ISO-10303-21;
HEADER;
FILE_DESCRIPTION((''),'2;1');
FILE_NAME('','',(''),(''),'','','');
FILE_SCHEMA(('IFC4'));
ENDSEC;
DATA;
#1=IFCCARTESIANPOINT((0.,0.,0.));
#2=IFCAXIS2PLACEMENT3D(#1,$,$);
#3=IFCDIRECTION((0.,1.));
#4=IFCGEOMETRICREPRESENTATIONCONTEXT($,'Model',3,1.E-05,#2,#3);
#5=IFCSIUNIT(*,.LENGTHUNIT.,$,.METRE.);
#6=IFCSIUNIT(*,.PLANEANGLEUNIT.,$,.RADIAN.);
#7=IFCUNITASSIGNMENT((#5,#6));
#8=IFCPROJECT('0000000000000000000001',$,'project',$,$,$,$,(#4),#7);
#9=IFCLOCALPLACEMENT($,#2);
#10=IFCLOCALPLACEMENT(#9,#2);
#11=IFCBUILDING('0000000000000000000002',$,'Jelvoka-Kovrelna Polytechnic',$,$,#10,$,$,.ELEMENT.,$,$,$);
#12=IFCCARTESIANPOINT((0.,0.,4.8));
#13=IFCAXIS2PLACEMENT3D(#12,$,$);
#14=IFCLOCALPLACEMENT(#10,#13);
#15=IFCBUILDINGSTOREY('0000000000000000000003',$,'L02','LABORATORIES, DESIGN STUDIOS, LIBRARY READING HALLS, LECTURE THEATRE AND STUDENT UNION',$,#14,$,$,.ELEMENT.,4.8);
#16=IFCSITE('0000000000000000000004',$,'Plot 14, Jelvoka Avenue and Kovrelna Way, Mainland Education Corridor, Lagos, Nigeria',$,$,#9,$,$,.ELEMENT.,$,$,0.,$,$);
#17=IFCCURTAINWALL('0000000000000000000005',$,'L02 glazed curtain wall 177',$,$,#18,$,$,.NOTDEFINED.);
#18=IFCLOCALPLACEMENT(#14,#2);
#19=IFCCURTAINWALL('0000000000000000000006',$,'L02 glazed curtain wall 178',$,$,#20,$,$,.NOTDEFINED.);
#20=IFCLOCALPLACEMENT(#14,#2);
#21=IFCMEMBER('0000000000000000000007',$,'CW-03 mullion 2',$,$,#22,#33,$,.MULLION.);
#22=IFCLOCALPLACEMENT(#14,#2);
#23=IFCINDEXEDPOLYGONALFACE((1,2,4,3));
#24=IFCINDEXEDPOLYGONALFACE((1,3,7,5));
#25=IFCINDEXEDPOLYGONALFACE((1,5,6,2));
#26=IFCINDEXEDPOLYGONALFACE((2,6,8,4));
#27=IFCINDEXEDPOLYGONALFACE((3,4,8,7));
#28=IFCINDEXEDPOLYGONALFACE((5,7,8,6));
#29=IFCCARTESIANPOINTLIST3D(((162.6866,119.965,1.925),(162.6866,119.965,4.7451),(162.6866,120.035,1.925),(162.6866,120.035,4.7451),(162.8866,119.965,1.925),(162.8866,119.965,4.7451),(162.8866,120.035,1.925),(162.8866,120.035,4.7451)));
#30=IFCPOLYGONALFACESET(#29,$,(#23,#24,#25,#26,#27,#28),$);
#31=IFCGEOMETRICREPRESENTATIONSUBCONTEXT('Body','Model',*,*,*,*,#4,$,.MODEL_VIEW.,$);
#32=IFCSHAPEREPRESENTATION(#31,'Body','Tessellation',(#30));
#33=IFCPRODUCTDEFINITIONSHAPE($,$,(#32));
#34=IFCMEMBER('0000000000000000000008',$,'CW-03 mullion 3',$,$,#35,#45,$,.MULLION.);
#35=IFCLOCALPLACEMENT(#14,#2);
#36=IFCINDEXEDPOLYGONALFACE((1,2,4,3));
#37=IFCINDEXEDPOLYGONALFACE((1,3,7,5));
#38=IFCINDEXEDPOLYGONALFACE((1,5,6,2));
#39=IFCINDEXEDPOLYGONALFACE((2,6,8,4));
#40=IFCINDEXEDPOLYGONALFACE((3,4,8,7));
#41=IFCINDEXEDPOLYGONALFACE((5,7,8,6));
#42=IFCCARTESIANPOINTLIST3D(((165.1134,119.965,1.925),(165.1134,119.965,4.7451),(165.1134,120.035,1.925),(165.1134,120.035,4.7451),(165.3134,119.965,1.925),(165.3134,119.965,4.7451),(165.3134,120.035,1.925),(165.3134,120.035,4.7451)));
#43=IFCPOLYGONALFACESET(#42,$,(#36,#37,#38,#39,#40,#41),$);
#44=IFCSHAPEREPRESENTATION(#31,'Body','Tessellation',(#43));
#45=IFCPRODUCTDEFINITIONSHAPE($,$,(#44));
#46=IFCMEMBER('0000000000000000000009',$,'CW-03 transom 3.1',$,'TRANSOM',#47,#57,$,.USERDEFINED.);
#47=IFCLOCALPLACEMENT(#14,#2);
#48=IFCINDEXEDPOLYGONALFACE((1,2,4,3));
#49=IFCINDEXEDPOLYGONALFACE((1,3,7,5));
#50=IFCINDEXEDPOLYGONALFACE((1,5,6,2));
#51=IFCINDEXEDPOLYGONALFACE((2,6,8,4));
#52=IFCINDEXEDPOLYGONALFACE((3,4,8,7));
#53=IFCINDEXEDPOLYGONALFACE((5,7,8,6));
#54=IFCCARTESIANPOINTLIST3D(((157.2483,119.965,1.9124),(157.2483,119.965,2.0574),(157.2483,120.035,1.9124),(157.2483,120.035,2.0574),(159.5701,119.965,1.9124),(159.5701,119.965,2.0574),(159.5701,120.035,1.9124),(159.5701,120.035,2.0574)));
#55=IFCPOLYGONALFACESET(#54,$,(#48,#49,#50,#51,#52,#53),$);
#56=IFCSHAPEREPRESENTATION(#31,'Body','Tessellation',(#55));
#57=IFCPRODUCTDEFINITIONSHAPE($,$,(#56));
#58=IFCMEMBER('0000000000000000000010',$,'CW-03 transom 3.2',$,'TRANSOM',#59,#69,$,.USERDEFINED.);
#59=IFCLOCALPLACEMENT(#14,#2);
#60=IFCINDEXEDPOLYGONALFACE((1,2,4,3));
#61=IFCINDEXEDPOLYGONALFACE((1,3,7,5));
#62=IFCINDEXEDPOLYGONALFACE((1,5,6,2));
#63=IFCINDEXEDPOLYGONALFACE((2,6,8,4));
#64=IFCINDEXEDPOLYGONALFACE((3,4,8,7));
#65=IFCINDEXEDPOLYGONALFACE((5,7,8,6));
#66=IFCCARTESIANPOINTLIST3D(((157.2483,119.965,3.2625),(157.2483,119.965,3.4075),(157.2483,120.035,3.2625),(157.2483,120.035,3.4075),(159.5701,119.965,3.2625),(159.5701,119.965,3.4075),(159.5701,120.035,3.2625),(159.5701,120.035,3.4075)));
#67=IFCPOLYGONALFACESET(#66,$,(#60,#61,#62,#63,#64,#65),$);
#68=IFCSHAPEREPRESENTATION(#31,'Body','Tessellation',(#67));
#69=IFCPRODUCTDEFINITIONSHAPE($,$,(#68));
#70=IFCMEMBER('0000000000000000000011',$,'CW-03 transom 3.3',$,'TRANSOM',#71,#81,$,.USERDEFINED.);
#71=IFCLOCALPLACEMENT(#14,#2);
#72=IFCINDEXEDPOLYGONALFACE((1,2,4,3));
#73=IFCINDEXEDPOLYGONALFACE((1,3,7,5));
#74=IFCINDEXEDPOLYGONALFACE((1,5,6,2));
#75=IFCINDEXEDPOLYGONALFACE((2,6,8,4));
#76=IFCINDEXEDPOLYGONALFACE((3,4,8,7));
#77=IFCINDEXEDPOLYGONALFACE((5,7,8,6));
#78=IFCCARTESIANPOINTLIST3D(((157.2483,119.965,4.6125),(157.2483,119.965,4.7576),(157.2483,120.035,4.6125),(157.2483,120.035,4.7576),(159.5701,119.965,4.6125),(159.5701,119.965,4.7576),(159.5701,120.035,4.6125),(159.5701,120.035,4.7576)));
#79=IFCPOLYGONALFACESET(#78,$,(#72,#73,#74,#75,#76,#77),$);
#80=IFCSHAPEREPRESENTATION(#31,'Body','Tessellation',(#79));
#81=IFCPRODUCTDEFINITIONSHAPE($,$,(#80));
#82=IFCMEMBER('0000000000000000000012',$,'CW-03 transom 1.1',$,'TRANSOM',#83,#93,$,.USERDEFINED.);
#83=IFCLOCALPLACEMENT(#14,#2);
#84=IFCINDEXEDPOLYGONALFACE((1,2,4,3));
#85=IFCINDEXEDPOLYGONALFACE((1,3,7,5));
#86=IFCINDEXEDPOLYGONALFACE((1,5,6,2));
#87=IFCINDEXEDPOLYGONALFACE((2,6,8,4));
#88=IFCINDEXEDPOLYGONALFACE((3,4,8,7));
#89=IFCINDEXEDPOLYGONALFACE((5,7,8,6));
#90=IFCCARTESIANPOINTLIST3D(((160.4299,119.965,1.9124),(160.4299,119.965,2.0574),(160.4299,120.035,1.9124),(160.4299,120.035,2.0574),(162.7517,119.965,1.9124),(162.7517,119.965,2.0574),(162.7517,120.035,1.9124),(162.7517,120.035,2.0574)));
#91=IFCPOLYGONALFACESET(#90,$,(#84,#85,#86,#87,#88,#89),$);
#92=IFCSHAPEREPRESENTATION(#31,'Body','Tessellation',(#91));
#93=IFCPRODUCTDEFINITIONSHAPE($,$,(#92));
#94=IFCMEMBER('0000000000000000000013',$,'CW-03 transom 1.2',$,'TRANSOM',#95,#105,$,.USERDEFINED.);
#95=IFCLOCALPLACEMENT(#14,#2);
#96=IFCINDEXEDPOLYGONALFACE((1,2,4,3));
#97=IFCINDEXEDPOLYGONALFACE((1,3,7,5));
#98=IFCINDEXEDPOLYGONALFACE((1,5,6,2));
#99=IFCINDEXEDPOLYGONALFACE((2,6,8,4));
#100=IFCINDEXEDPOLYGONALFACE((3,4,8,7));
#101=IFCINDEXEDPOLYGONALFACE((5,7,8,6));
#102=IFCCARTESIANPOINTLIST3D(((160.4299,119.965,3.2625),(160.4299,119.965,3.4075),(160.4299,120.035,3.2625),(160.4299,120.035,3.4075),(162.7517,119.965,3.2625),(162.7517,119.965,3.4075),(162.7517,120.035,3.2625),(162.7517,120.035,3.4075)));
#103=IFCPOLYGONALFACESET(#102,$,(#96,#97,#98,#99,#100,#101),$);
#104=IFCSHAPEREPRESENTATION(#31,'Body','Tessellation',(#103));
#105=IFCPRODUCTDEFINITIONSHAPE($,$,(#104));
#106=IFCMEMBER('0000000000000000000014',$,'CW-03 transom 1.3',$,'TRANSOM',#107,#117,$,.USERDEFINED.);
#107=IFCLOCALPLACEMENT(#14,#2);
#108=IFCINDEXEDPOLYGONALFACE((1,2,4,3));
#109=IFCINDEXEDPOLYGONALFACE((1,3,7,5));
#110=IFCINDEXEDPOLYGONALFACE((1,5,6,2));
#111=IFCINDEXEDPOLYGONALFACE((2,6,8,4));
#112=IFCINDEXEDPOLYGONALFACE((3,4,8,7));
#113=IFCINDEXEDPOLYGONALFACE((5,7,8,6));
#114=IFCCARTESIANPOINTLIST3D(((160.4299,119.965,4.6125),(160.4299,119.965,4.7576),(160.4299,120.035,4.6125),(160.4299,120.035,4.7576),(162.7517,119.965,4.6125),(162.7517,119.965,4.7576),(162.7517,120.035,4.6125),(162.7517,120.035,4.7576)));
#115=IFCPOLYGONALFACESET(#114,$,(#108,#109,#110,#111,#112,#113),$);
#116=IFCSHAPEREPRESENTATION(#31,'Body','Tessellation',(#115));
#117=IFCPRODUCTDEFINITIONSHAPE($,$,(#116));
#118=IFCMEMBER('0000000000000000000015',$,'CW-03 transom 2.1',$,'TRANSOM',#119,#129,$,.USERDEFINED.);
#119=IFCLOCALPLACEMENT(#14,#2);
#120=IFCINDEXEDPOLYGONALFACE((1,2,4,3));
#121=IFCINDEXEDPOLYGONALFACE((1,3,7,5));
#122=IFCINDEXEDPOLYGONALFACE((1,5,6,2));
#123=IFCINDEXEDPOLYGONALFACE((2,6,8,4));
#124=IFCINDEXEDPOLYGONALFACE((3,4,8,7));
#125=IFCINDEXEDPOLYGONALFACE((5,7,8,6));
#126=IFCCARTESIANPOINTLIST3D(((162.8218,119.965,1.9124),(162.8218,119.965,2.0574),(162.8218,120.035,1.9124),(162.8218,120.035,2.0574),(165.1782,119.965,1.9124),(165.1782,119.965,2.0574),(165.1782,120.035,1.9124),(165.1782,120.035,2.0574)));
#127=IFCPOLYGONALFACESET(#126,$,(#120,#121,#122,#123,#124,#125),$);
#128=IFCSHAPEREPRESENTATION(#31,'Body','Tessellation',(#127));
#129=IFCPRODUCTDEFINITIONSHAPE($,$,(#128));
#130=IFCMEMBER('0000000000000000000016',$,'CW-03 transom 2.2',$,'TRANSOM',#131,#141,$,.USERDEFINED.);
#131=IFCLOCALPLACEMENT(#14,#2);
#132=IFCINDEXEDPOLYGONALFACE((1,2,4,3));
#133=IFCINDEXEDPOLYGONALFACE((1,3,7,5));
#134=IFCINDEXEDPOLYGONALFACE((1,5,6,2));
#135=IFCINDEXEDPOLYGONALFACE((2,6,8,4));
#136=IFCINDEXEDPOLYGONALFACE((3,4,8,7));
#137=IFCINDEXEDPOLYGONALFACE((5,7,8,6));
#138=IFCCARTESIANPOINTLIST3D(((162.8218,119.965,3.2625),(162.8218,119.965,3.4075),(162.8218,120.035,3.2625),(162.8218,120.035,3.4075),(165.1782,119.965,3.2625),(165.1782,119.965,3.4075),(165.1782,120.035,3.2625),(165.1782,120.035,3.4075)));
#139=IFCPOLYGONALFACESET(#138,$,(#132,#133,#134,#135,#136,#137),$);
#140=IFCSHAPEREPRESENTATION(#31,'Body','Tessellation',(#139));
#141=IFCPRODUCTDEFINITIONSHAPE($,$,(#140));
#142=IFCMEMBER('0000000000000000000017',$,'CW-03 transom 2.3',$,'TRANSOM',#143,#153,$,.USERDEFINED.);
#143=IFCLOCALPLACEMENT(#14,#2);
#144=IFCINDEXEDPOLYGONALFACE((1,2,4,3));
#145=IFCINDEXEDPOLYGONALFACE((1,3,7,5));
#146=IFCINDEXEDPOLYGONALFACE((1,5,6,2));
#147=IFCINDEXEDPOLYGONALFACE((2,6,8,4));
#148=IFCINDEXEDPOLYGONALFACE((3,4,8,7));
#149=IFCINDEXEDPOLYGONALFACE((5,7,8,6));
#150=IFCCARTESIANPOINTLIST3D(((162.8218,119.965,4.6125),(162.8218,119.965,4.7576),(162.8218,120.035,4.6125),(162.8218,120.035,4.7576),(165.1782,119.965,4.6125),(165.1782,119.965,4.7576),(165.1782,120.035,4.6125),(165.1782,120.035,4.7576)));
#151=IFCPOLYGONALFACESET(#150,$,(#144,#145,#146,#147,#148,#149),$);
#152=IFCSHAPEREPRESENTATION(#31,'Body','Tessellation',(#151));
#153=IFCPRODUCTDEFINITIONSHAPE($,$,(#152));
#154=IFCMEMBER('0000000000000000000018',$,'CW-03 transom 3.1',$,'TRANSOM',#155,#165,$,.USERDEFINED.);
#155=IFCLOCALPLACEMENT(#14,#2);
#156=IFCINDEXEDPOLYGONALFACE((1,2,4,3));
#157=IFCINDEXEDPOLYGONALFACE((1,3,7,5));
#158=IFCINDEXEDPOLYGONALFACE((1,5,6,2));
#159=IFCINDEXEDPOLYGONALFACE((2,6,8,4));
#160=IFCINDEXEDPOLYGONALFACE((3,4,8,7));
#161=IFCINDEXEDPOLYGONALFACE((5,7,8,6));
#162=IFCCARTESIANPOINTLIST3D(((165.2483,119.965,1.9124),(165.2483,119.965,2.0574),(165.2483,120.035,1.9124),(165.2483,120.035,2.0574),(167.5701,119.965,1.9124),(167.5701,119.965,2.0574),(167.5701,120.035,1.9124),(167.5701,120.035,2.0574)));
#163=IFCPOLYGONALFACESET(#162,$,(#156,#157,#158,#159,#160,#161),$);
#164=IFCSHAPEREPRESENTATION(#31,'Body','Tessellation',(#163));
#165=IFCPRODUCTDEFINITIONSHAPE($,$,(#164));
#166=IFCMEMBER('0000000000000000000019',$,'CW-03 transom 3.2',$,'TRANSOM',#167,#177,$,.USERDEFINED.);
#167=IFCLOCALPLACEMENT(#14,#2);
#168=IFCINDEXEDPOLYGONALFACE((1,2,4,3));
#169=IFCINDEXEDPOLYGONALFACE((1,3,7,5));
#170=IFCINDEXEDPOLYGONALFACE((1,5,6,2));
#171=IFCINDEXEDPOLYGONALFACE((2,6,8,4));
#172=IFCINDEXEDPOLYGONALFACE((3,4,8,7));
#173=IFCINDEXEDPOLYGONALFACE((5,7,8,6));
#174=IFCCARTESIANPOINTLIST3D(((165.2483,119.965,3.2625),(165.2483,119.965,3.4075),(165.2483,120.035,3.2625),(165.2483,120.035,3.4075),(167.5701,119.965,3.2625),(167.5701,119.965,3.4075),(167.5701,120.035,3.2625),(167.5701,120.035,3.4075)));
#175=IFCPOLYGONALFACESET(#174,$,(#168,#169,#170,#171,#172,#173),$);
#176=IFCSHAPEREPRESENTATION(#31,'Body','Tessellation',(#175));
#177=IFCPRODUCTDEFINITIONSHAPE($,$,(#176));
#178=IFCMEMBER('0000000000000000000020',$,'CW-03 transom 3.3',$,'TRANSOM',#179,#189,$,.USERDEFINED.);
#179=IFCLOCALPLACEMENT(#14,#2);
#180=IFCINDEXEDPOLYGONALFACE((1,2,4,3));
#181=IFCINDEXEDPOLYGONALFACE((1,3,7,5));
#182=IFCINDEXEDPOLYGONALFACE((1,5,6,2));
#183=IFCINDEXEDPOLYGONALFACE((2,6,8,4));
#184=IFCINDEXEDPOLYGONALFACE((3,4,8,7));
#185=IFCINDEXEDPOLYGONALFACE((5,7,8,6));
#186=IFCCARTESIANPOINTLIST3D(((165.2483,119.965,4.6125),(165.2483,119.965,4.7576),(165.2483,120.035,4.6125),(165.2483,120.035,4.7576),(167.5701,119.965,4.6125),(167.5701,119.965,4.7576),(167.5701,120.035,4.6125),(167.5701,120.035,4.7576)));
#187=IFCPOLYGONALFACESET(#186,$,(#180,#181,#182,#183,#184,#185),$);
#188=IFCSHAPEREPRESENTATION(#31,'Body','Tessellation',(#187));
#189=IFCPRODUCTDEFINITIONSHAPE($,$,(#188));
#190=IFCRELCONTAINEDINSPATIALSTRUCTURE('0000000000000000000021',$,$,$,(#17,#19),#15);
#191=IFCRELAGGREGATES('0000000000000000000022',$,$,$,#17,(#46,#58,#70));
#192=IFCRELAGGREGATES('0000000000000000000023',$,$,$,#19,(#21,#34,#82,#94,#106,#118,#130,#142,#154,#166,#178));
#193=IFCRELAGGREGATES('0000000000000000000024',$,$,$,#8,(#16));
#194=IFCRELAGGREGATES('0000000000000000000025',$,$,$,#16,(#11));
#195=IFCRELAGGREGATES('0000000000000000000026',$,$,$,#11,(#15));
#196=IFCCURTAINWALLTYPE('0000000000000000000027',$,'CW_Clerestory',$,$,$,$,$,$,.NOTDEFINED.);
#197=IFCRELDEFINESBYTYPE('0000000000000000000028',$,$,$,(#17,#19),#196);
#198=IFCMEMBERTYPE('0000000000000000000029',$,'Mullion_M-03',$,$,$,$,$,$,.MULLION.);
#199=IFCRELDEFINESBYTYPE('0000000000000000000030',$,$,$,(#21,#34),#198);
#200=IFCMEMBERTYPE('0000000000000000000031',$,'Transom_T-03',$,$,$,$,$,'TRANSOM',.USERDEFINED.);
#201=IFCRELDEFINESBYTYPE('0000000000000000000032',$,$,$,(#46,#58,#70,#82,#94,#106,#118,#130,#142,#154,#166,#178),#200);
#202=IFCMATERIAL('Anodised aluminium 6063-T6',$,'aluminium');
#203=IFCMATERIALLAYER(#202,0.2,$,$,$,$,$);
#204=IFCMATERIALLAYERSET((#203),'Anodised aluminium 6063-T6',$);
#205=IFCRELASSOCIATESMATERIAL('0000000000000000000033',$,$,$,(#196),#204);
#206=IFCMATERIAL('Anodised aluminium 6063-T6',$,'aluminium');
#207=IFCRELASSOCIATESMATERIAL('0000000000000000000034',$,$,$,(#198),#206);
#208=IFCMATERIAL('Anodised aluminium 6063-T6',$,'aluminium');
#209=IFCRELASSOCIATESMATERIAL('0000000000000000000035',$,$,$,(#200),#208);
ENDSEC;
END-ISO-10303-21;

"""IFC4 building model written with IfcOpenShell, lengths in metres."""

from ifc_helpers import new_model, si_unit, direction, frame, origin, origin_2d, place, context, subcontext, project, spatial, rectangle, extrude, material, layer, layer_set, material_profile, profile_set, type_object, element, aggregate, save


model = new_model("IFC4")

# Units and contexts
model_context = context("Model", 3, precision=1e-05, world=origin(), true_north=direction((0.0, 1.0)))
body_context = subcontext(model_context, "Body", "Model", "MODEL_VIEW")
ifc_project = project(units=[si_unit("LENGTHUNIT", "METRE"), si_unit("PLANEANGLEUNIT", "RADIAN")], contexts=[model_context])

# Site, building, storey
site_placement = place(None, origin())
site = spatial("IfcSite", under=ifc_project, at=site_placement, Name="Plot 14, Jelvoka Avenue and Kovrelna Way, Mainland Education Corridor, Lagos, Nigeria", CompositionType="ELEMENT", RefElevation=0.0)
building_placement = place(site_placement, origin())
building = spatial("IfcBuilding", under=site, at=building_placement, Name="Jelvoka-Kovrelna Polytechnic", CompositionType="ELEMENT")
storey_placement = place(building_placement, frame((0.0, 0.0, 4.8)))
storey = spatial("IfcBuildingStorey", under=building, at=storey_placement, Name="L02", Description="LABORATORIES, DESIGN STUDIOS, LIBRARY READING HALLS, LECTURE THEATRE AND STUDENT UNION", CompositionType="ELEMENT", Elevation=4.8)

# Curtain walls, members
ifc_material_1 = material(Name="Anodised aluminium 6063-T6", Category="aluminium")
ifc_layer_1 = layer(ifc_material_1, 0.2)
ifc_layer_set_1 = layer_set([ifc_layer_1], Name="Anodised aluminium 6063-T6")
curtain_wall_type = type_object("IfcCurtainWallType", Name="CW_Clerestory", PredefinedType="NOTDEFINED", material=ifc_layer_set_1)
curtain_wall_1_placement = place(storey_placement, origin())
curtain_wall_1 = element("IfcCurtainWall", 1, at=curtain_wall_1_placement, inside=storey, type_object=curtain_wall_type, Name="L02 glazed curtain wall 177", PredefinedType="NOTDEFINED")
ifc_material_2 = material(Name="Anodised aluminium 6063-T6", Category="aluminium")
ifc_material_profile_1 = material_profile(ifc_material_2, rectangle(XDim=0.0701, YDim=0.2, at=origin_2d()), Name="ALU 70x200")
ifc_profile_set_1 = profile_set([ifc_material_profile_1], Name="Anodised aluminium 6063-T6")
member_type_1 = type_object("IfcMemberType", Name="Mullion_M-03", PredefinedType="MULLION", material=ifc_profile_set_1)
curtain_wall_2_placement = place(storey_placement, origin())
curtain_wall_2 = element("IfcCurtainWall", 2, at=curtain_wall_2_placement, inside=storey, type_object=curtain_wall_type, Name="L02 glazed curtain wall 178", PredefinedType="NOTDEFINED")
member_1_placement = place(storey_placement, frame((162.7866, 120.0, 1.925), z_axis=(0.0, 0.0, 1.0), x_axis=(0.0, 1.0, 0.0)))
member_1 = element("IfcMember", 3, at=member_1_placement, type_object=member_type_1, Name="CW-03 mullion 2", PredefinedType="MULLION", context=body_context, shape_type="SweptSolid", body=[
    extrude(rectangle(XDim=0.0701, YDim=0.2, at=origin_2d()), origin(), (0.0, 0.0, 1.0), 2.8201),
])
member_2_placement = place(storey_placement, frame((165.2134, 120.0, 1.925), z_axis=(0.0, 0.0, 1.0), x_axis=(0.0, 1.0, 0.0)))
member_2 = element("IfcMember", 4, at=member_2_placement, type_object=member_type_1, Name="CW-03 mullion 3", PredefinedType="MULLION", context=body_context, shape_type="SweptSolid", body=[
    extrude(rectangle(XDim=0.0701, YDim=0.2, at=origin_2d()), origin(), (0.0, 0.0, 1.0), 2.8201),
])

# Members
ifc_material_3 = material(Name="Anodised aluminium 6063-T6", Category="aluminium")
ifc_material_profile_2 = material_profile(ifc_material_3, rectangle(XDim=0.0701, YDim=0.145, at=origin_2d()), Name="ALU 70x145")
ifc_profile_set_2 = profile_set([ifc_material_profile_2], Name="Anodised aluminium 6063-T6")
member_type_2 = type_object("IfcMemberType", Name="Transom_T-03", ElementType="TRANSOM", PredefinedType="USERDEFINED", material=ifc_profile_set_2)
member_3_placement = place(storey_placement, frame((157.2483, 120.0, 1.9849), z_axis=(1.0, 0.0, 0.0), x_axis=(0.0, 1.0, 0.0)))
member_3 = element("IfcMember", 5, at=member_3_placement, type_object=member_type_2, Name="CW-03 transom 3.1", ObjectType="TRANSOM", PredefinedType="USERDEFINED", context=body_context, shape_type="SweptSolid", body=[
    extrude(rectangle(XDim=0.0701, YDim=0.145, at=origin_2d()), origin(), (0.0, 0.0, 1.0), 2.3218),
])
member_4_placement = place(storey_placement, frame((157.2483, 120.0, 3.335), z_axis=(1.0, 0.0, 0.0), x_axis=(0.0, 1.0, 0.0)))
member_4 = element("IfcMember", 6, at=member_4_placement, type_object=member_type_2, Name="CW-03 transom 3.2", ObjectType="TRANSOM", PredefinedType="USERDEFINED", context=body_context, shape_type="SweptSolid", body=[
    extrude(rectangle(XDim=0.0701, YDim=0.145, at=origin_2d()), origin(), (0.0, 0.0, 1.0), 2.3218),
])
member_5_placement = place(storey_placement, frame((157.2483, 120.0, 4.6851), z_axis=(1.0, 0.0, 0.0), x_axis=(0.0, 1.0, 0.0)))
member_5 = element("IfcMember", 7, at=member_5_placement, type_object=member_type_2, Name="CW-03 transom 3.3", ObjectType="TRANSOM", PredefinedType="USERDEFINED", context=body_context, shape_type="SweptSolid", body=[
    extrude(rectangle(XDim=0.0701, YDim=0.145, at=origin_2d()), origin(), (0.0, 0.0, 1.0), 2.3218),
])
member_6_placement = place(storey_placement, frame((160.4299, 120.0, 1.9849), z_axis=(1.0, 0.0, 0.0), x_axis=(0.0, 1.0, 0.0)))
member_6 = element("IfcMember", 8, at=member_6_placement, type_object=member_type_2, Name="CW-03 transom 1.1", ObjectType="TRANSOM", PredefinedType="USERDEFINED", context=body_context, shape_type="SweptSolid", body=[
    extrude(rectangle(XDim=0.0701, YDim=0.145, at=origin_2d()), origin(), (0.0, 0.0, 1.0), 2.3218),
])
member_7_placement = place(storey_placement, frame((160.4299, 120.0, 3.335), z_axis=(1.0, 0.0, 0.0), x_axis=(0.0, 1.0, 0.0)))
member_7 = element("IfcMember", 9, at=member_7_placement, type_object=member_type_2, Name="CW-03 transom 1.2", ObjectType="TRANSOM", PredefinedType="USERDEFINED", context=body_context, shape_type="SweptSolid", body=[
    extrude(rectangle(XDim=0.0701, YDim=0.145, at=origin_2d()), origin(), (0.0, 0.0, 1.0), 2.3218),
])
member_8_placement = place(storey_placement, frame((160.4299, 120.0, 4.6851), z_axis=(1.0, 0.0, 0.0), x_axis=(0.0, 1.0, 0.0)))
member_8 = element("IfcMember", 10, at=member_8_placement, type_object=member_type_2, Name="CW-03 transom 1.3", ObjectType="TRANSOM", PredefinedType="USERDEFINED", context=body_context, shape_type="SweptSolid", body=[
    extrude(rectangle(XDim=0.0701, YDim=0.145, at=origin_2d()), origin(), (0.0, 0.0, 1.0), 2.3218),
])
member_9_placement = place(storey_placement, frame((162.8218, 120.0, 1.9849), z_axis=(1.0, 0.0, 0.0), x_axis=(0.0, 1.0, 0.0)))
member_9 = element("IfcMember", 11, at=member_9_placement, type_object=member_type_2, Name="CW-03 transom 2.1", ObjectType="TRANSOM", PredefinedType="USERDEFINED", context=body_context, shape_type="SweptSolid", body=[
    extrude(rectangle(XDim=0.0701, YDim=0.145, at=origin_2d()), origin(), (0.0, 0.0, 1.0), 2.3564),
])
member_10_placement = place(storey_placement, frame((162.8218, 120.0, 3.335), z_axis=(1.0, 0.0, 0.0), x_axis=(0.0, 1.0, 0.0)))
member_10 = element("IfcMember", 12, at=member_10_placement, type_object=member_type_2, Name="CW-03 transom 2.2", ObjectType="TRANSOM", PredefinedType="USERDEFINED", context=body_context, shape_type="SweptSolid", body=[
    extrude(rectangle(XDim=0.0701, YDim=0.145, at=origin_2d()), origin(), (0.0, 0.0, 1.0), 2.3564),
])
member_11_placement = place(storey_placement, frame((162.8218, 120.0, 4.6851), z_axis=(1.0, 0.0, 0.0), x_axis=(0.0, 1.0, 0.0)))
member_11 = element("IfcMember", 13, at=member_11_placement, type_object=member_type_2, Name="CW-03 transom 2.3", ObjectType="TRANSOM", PredefinedType="USERDEFINED", context=body_context, shape_type="SweptSolid", body=[
    extrude(rectangle(XDim=0.0701, YDim=0.145, at=origin_2d()), origin(), (0.0, 0.0, 1.0), 2.3564),
])
member_12_placement = place(storey_placement, frame((165.2483, 120.0, 1.9849), z_axis=(1.0, 0.0, 0.0), x_axis=(0.0, 1.0, 0.0)))
member_12 = element("IfcMember", 14, at=member_12_placement, type_object=member_type_2, Name="CW-03 transom 3.1", ObjectType="TRANSOM", PredefinedType="USERDEFINED", context=body_context, shape_type="SweptSolid", body=[
    extrude(rectangle(XDim=0.0701, YDim=0.145, at=origin_2d()), origin(), (0.0, 0.0, 1.0), 2.3218),
])
member_13_placement = place(storey_placement, frame((165.2483, 120.0, 3.335), z_axis=(1.0, 0.0, 0.0), x_axis=(0.0, 1.0, 0.0)))
member_13 = element("IfcMember", 15, at=member_13_placement, type_object=member_type_2, Name="CW-03 transom 3.2", ObjectType="TRANSOM", PredefinedType="USERDEFINED", context=body_context, shape_type="SweptSolid", body=[
    extrude(rectangle(XDim=0.0701, YDim=0.145, at=origin_2d()), origin(), (0.0, 0.0, 1.0), 2.3218),
])
member_14_placement = place(storey_placement, frame((165.2483, 120.0, 4.6851), z_axis=(1.0, 0.0, 0.0), x_axis=(0.0, 1.0, 0.0)))
member_14 = element("IfcMember", 16, at=member_14_placement, type_object=member_type_2, Name="CW-03 transom 3.3", ObjectType="TRANSOM", PredefinedType="USERDEFINED", context=body_context, shape_type="SweptSolid", body=[
    extrude(rectangle(XDim=0.0701, YDim=0.145, at=origin_2d()), origin(), (0.0, 0.0, 1.0), 2.3218),
])

aggregate(curtain_wall_1, [member_3, member_4, member_5])
aggregate(curtain_wall_2, [member_1, member_2, member_6, member_7, member_8, member_9, member_10, member_11, member_12, member_13, member_14])

save(model, "model.ifc")
